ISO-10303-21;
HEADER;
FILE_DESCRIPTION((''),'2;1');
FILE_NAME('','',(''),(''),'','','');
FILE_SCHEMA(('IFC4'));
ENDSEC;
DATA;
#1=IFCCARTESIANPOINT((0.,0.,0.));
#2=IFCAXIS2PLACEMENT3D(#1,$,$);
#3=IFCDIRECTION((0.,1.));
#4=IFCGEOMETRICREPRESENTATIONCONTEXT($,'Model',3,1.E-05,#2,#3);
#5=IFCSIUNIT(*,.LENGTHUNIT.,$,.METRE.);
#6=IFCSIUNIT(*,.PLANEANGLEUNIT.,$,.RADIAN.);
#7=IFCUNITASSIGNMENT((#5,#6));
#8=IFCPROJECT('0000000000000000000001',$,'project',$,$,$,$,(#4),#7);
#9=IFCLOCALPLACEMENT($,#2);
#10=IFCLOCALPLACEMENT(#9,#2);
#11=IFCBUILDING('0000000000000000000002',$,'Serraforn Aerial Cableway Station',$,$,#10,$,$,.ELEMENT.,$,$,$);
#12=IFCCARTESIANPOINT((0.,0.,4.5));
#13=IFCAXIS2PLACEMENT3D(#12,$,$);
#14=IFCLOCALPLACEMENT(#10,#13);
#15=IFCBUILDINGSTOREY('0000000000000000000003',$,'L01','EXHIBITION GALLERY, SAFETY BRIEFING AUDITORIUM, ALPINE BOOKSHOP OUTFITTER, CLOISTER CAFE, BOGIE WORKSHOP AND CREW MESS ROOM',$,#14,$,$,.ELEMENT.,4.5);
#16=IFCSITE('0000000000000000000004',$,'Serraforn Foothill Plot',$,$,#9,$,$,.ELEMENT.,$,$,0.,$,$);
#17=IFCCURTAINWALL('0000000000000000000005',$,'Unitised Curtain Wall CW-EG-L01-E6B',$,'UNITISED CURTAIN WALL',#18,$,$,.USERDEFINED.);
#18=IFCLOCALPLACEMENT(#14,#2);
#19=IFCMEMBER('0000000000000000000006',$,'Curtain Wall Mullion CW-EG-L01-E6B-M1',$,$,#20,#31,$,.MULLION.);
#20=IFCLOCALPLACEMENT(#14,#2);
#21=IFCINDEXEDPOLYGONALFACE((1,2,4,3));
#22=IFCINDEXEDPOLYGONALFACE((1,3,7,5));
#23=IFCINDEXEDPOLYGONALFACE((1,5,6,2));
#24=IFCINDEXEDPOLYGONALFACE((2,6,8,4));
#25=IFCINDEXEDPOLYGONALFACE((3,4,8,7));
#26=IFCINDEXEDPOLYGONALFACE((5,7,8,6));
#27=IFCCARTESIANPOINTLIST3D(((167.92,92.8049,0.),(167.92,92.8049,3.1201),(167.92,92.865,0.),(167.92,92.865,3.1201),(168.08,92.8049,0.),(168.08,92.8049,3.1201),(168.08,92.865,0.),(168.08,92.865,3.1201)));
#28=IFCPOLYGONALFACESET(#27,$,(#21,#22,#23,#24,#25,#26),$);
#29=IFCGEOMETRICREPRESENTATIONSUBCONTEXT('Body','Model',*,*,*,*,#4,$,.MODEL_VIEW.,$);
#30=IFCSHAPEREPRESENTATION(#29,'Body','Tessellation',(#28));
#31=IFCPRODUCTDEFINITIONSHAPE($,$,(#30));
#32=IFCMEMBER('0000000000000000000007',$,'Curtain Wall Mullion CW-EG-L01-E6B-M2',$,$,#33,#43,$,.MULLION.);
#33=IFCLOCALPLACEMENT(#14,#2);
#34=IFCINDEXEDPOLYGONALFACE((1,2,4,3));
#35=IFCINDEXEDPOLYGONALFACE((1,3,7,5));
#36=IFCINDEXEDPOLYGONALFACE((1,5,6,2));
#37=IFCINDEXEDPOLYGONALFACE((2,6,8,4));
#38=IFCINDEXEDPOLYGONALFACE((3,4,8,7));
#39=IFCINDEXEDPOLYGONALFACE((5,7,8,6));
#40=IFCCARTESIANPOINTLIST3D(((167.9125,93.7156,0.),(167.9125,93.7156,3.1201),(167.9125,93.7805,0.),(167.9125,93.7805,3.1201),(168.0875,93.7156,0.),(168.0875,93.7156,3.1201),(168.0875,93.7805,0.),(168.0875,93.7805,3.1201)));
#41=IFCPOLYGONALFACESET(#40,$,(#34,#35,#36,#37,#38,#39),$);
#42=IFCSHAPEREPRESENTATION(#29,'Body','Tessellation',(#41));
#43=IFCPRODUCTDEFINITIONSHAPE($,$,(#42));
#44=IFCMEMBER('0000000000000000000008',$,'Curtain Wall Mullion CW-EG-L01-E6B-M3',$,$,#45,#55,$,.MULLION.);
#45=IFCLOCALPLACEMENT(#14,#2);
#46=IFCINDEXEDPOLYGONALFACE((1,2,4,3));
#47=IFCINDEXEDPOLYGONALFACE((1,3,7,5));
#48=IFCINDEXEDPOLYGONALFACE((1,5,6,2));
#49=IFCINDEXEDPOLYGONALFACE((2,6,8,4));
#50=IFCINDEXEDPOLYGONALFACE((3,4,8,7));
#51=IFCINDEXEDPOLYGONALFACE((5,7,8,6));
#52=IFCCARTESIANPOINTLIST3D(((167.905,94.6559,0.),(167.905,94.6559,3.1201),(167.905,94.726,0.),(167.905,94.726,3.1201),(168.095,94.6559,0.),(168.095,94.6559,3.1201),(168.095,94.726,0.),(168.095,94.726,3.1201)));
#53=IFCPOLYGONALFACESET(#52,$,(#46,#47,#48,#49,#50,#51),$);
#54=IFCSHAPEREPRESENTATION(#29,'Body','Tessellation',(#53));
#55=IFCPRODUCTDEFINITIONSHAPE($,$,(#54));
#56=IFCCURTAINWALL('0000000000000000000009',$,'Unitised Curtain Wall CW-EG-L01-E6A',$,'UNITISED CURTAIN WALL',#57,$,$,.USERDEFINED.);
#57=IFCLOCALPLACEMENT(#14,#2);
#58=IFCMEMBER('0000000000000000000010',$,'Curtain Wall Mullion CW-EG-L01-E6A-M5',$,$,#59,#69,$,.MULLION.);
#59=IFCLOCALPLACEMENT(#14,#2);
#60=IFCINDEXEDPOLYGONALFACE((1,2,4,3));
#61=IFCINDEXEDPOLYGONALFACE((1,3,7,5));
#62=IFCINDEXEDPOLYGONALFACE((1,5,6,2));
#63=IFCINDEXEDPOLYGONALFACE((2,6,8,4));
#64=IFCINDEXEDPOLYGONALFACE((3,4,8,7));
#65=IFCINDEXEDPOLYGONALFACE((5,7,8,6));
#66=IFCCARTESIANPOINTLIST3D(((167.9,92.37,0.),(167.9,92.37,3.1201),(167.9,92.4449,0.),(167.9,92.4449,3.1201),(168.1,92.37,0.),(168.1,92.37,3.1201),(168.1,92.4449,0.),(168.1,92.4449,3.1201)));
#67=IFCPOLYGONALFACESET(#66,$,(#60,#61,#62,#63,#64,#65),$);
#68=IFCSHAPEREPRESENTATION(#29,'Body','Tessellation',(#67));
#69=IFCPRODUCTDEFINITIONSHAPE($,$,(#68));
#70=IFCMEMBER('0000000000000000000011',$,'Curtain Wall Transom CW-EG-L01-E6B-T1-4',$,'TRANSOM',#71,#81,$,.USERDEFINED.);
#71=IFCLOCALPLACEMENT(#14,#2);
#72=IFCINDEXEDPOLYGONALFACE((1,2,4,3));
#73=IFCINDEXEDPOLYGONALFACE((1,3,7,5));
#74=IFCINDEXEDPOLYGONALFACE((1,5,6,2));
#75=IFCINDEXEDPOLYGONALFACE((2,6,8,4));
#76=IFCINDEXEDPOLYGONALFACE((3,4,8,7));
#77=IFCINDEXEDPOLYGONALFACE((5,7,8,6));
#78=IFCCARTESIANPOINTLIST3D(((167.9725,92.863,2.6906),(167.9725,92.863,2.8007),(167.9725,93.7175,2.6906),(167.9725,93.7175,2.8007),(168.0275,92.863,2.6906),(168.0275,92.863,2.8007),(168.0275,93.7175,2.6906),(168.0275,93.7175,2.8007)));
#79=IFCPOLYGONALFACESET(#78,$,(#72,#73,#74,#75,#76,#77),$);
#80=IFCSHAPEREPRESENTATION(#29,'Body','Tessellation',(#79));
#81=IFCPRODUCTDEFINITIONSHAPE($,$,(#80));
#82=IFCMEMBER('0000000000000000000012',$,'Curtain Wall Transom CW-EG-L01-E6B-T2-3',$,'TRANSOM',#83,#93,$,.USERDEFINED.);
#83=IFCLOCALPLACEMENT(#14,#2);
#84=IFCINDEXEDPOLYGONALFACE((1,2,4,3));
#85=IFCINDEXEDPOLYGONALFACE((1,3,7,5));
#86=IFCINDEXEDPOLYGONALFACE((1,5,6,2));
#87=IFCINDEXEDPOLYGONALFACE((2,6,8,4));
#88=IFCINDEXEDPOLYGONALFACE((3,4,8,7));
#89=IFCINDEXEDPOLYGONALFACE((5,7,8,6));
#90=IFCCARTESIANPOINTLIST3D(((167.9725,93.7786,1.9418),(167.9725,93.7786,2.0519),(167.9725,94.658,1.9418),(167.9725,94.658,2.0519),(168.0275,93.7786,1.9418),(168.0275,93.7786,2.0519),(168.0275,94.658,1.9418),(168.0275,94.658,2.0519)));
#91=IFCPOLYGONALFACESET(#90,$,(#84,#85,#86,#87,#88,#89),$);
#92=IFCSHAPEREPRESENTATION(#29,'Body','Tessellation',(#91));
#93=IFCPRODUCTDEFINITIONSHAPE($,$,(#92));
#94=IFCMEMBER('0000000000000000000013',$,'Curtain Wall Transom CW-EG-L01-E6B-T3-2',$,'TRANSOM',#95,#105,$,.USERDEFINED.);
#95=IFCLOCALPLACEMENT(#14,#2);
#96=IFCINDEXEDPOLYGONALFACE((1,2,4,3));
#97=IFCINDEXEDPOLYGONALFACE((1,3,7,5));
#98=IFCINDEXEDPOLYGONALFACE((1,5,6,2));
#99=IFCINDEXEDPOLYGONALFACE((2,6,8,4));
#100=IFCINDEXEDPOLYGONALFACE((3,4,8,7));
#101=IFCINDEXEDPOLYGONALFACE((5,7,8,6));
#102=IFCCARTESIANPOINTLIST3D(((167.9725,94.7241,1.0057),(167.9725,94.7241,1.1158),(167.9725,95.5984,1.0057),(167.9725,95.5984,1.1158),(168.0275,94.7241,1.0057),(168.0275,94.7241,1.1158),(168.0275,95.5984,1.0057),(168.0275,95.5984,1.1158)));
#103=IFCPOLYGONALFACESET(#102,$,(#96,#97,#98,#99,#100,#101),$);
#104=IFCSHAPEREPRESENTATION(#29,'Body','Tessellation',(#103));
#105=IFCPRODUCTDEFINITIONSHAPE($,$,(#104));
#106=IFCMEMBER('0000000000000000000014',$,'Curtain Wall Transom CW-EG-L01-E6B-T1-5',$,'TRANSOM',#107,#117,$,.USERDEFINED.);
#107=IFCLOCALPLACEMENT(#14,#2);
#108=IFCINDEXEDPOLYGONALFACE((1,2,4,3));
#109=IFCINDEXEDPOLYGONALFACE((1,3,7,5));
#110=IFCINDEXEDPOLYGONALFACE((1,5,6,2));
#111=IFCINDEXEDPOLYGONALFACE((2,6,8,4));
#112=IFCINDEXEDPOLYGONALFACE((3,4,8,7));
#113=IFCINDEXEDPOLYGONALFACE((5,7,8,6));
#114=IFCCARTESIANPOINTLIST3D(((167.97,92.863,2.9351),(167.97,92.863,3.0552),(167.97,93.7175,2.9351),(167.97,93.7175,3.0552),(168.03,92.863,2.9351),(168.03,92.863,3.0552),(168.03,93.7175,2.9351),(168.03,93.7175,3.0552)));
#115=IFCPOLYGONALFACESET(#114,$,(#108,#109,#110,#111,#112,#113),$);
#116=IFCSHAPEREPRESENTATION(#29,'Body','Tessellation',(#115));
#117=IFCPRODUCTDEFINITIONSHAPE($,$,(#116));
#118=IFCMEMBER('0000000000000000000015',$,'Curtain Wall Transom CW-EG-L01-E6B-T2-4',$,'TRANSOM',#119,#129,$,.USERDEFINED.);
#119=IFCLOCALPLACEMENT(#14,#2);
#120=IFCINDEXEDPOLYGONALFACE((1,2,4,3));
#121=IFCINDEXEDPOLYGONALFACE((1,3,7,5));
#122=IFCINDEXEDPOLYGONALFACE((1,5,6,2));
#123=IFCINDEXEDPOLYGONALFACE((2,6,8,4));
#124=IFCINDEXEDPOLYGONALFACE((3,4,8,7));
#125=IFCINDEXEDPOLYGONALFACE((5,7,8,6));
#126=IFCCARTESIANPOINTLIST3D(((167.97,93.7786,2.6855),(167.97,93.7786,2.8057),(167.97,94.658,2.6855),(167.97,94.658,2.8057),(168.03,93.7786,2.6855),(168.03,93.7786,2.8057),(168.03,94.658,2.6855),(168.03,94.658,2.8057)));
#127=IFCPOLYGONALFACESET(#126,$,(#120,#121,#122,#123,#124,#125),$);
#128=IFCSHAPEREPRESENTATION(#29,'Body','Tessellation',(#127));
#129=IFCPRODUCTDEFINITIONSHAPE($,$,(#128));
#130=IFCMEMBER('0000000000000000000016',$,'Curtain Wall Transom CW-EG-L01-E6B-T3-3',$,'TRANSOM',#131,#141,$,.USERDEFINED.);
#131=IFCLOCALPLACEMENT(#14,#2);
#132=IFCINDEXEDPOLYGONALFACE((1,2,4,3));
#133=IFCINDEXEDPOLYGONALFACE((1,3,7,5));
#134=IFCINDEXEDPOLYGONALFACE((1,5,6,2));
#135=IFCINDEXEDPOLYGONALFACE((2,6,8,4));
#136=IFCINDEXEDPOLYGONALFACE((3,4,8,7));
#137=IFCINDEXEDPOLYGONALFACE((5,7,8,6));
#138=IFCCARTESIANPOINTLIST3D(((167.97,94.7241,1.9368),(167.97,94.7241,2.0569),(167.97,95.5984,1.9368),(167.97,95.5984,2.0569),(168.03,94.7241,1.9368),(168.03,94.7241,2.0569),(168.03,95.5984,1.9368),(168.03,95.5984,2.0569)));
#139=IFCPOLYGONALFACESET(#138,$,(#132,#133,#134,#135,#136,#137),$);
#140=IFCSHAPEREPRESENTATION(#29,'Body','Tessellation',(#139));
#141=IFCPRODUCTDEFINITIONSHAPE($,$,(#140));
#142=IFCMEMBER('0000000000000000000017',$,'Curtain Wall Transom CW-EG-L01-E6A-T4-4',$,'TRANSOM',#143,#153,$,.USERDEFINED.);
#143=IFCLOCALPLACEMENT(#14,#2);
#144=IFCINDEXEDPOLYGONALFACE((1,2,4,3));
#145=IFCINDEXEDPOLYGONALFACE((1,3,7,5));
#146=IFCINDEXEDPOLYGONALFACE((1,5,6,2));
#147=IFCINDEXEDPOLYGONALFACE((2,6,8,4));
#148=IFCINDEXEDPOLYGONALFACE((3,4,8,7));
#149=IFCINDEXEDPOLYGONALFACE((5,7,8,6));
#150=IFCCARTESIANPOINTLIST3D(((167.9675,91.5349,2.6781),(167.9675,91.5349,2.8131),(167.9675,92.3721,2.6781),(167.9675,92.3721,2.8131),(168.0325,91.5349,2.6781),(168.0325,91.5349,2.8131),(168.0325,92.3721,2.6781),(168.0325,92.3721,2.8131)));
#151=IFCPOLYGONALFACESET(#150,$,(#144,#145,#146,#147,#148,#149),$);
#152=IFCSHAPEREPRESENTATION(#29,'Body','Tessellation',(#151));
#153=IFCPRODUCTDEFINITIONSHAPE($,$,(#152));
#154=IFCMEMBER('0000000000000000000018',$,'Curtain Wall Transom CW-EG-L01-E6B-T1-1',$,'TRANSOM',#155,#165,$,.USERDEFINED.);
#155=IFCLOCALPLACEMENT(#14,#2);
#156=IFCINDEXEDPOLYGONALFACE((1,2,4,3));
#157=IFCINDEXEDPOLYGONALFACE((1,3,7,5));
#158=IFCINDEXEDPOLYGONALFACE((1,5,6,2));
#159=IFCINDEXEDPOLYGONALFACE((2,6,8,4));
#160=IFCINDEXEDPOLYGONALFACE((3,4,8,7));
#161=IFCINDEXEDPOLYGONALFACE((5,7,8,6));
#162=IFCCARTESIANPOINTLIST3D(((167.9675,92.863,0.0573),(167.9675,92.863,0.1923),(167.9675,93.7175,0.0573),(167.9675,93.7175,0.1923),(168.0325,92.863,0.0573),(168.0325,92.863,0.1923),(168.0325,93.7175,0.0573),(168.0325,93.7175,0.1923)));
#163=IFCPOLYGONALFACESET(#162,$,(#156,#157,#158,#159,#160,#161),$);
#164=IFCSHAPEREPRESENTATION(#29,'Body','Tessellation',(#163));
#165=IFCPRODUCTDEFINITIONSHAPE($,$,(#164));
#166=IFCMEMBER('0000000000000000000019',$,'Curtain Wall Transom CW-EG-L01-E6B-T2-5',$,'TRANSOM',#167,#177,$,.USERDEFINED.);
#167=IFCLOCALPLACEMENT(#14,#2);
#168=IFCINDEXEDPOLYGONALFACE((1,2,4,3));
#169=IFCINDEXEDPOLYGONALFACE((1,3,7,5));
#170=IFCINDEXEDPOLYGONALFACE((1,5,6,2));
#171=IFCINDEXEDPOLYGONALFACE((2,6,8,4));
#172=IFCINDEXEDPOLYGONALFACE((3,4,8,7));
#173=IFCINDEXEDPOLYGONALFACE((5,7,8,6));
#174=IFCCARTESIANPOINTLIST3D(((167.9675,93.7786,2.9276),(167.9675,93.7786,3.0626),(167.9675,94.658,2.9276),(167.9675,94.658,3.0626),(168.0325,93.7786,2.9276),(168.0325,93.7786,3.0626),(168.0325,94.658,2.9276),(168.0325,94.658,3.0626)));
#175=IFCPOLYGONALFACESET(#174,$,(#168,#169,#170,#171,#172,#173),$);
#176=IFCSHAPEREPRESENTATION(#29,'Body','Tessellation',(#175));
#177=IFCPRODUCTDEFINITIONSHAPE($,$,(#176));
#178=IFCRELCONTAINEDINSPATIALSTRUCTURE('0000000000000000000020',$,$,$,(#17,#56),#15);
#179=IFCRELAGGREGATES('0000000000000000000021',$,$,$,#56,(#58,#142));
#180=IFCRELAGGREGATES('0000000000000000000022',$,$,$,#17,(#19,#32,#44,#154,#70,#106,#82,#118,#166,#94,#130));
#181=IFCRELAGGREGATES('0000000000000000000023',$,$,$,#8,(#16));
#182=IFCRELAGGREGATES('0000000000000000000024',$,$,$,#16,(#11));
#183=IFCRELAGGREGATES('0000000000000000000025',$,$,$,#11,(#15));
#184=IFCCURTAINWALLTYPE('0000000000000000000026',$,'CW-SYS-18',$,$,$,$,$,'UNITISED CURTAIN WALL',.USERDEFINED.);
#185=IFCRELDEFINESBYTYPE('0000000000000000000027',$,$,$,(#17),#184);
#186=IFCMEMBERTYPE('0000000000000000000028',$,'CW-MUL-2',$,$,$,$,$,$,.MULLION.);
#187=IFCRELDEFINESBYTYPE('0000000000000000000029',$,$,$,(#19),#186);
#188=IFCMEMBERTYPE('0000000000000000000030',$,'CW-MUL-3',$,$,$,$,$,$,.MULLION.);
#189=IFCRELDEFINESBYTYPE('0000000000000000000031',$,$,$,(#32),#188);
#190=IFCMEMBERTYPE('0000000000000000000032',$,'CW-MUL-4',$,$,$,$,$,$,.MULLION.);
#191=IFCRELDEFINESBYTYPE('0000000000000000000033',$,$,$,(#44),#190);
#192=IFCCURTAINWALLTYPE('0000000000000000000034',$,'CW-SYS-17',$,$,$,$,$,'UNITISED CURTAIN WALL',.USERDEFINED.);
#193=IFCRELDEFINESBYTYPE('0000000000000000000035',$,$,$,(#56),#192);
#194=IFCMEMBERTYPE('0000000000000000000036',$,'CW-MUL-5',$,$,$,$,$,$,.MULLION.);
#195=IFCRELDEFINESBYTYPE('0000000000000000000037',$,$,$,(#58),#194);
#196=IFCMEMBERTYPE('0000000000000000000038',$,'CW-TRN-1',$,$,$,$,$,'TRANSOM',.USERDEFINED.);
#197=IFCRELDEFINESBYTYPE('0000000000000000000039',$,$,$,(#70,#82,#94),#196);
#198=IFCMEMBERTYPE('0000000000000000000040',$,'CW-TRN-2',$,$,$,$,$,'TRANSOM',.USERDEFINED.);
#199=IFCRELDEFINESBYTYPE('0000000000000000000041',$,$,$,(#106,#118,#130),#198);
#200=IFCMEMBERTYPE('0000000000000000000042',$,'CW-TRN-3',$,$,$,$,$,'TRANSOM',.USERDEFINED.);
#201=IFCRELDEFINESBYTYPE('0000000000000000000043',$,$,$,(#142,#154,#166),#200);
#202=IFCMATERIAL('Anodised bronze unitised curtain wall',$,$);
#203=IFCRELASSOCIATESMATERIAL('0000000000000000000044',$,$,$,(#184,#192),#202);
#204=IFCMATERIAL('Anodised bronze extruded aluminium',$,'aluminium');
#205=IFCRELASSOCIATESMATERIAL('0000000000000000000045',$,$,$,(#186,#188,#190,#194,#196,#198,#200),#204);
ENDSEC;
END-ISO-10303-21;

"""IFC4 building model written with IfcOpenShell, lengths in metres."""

from ifc_helpers import new_model, si_unit, direction, frame, origin, origin_2d, place, context, subcontext, project, spatial, rectangle, extrude, material, material_profile, profile_set, type_object, element, aggregate, save


model = new_model("IFC4")

# Units and contexts
model_context = context("Model", 3, precision=1e-05, world=origin(), true_north=direction((0.0, 1.0)))
body_context = subcontext(model_context, "Body", "Model", "MODEL_VIEW")
ifc_project = project(units=[si_unit("LENGTHUNIT", "METRE"), si_unit("PLANEANGLEUNIT", "RADIAN")], contexts=[model_context])

# Site, building, storey
site_placement = place(None, origin())
site = spatial("IfcSite", under=ifc_project, at=site_placement, Name="Serraforn Foothill Plot", CompositionType="ELEMENT", RefElevation=0.0)
building_placement = place(site_placement, origin())
building = spatial("IfcBuilding", under=site, at=building_placement, Name="Serraforn Aerial Cableway Station", CompositionType="ELEMENT")
storey_placement = place(building_placement, frame((0.0, 0.0, 4.5)))
storey = spatial("IfcBuildingStorey", under=building, at=storey_placement, Name="L01", Description="EXHIBITION GALLERY, SAFETY BRIEFING AUDITORIUM, ALPINE BOOKSHOP OUTFITTER, CLOISTER CAFE, BOGIE WORKSHOP AND CREW MESS ROOM", CompositionType="ELEMENT", Elevation=4.5)

# Curtain wall, members
ifc_material_1 = material(Name="Anodised bronze unitised curtain wall")
curtain_wall_type_1 = type_object("IfcCurtainWallType", Name="CW-SYS-18", ElementType="UNITISED CURTAIN WALL", PredefinedType="USERDEFINED", material=ifc_material_1)
curtain_wall_1_placement = place(storey_placement, origin())
curtain_wall_1 = element("IfcCurtainWall", 1, at=curtain_wall_1_placement, inside=storey, type_object=curtain_wall_type_1, Name="Unitised Curtain Wall CW-EG-L01-E6B", ObjectType="UNITISED CURTAIN WALL", PredefinedType="USERDEFINED")
ifc_material_2 = material(Name="Anodised bronze extruded aluminium", Category="aluminium")
ifc_material_profile_1 = material_profile(ifc_material_2, rectangle(XDim=0.0601, YDim=0.1599, at=origin_2d()), Name="CW MULLION 60x160")
ifc_profile_set_1 = profile_set([ifc_material_profile_1], Name="Anodised bronze extruded aluminium")
member_type_1 = type_object("IfcMemberType", Name="CW-MUL-2", PredefinedType="MULLION", material=ifc_profile_set_1)
member_1_placement = place(storey_placement, frame((168.0, 92.835, 0.0), z_axis=(0.0, 0.0, 1.0), x_axis=(0.0, 1.0, 0.0)))
member_1 = element("IfcMember", 2, at=member_1_placement, type_object=member_type_1, Name="Curtain Wall Mullion CW-EG-L01-E6B-M1", PredefinedType="MULLION", context=body_context, shape_type="SweptSolid", body=[
    extrude(rectangle(XDim=0.0601, YDim=0.1599, at=origin_2d()), origin(), (0.0, 0.0, 1.0), 3.1201),
])
ifc_material_profile_2 = material_profile(ifc_material_2, rectangle(XDim=0.0649, YDim=0.175, at=origin_2d()), Name="CW MULLION 65x175")
ifc_profile_set_2 = profile_set([ifc_material_profile_2], Name="Anodised bronze extruded aluminium")
member_type_2 = type_object("IfcMemberType", Name="CW-MUL-3", PredefinedType="MULLION", material=ifc_profile_set_2)
member_2_placement = place(storey_placement, frame((168.0, 93.748, 0.0), z_axis=(0.0, 0.0, 1.0), x_axis=(0.0, 1.0, 0.0)))
member_2 = element("IfcMember", 3, at=member_2_placement, type_object=member_type_2, Name="Curtain Wall Mullion CW-EG-L01-E6B-M2", PredefinedType="MULLION", context=body_context, shape_type="SweptSolid", body=[
    extrude(rectangle(XDim=0.0649, YDim=0.175, at=origin_2d()), origin(), (0.0, 0.0, 1.0), 3.1201),
])
ifc_material_profile_3 = material_profile(ifc_material_2, rectangle(XDim=0.0701, YDim=0.1899, at=origin_2d()), Name="CW MULLION 70x190")
ifc_profile_set_3 = profile_set([ifc_material_profile_3], Name="Anodised bronze extruded aluminium")
member_type_3 = type_object("IfcMemberType", Name="CW-MUL-4", PredefinedType="MULLION", material=ifc_profile_set_3)
member_3_placement = place(storey_placement, frame((168.0, 94.6909, 0.0), z_axis=(0.0, 0.0, 1.0), x_axis=(0.0, 1.0, 0.0)))
member_3 = element("IfcMember", 4, at=member_3_placement, type_object=member_type_3, Name="Curtain Wall Mullion CW-EG-L01-E6B-M3", PredefinedType="MULLION", context=body_context, shape_type="SweptSolid", body=[
    extrude(rectangle(XDim=0.0701, YDim=0.1899, at=origin_2d()), origin(), (0.0, 0.0, 1.0), 3.1201),
])

# Curtain wall, member
curtain_wall_type_2 = type_object("IfcCurtainWallType", Name="CW-SYS-17", ElementType="UNITISED CURTAIN WALL", PredefinedType="USERDEFINED", material=ifc_material_1)
curtain_wall_2_placement = place(storey_placement, origin())
curtain_wall_2 = element("IfcCurtainWall", 5, at=curtain_wall_2_placement, inside=storey, type_object=curtain_wall_type_2, Name="Unitised Curtain Wall CW-EG-L01-E6A", ObjectType="UNITISED CURTAIN WALL", PredefinedType="USERDEFINED")
ifc_material_profile_4 = material_profile(ifc_material_2, rectangle(XDim=0.075, YDim=0.2, at=origin_2d()), Name="CW MULLION 75x200")
ifc_profile_set_4 = profile_set([ifc_material_profile_4], Name="Anodised bronze extruded aluminium")
member_type_4 = type_object("IfcMemberType", Name="CW-MUL-5", PredefinedType="MULLION", material=ifc_profile_set_4)
member_4_placement = place(storey_placement, frame((168.0, 92.4075, 0.0), z_axis=(0.0, 0.0, 1.0), x_axis=(0.0, 1.0, 0.0)))
member_4 = element("IfcMember", 6, at=member_4_placement, type_object=member_type_4, Name="Curtain Wall Mullion CW-EG-L01-E6A-M5", PredefinedType="MULLION", context=body_context, shape_type="SweptSolid", body=[
    extrude(rectangle(XDim=0.075, YDim=0.2, at=origin_2d()), origin(), (0.0, 0.0, 1.0), 3.1201),
])

# Members
ifc_material_profile_5 = material_profile(ifc_material_2, rectangle(XDim=0.0549, YDim=0.1101, at=origin_2d()), Name="CW TRANSOM 55x110")
ifc_profile_set_5 = profile_set([ifc_material_profile_5], Name="Anodised bronze extruded aluminium")
member_type_5 = type_object("IfcMemberType", Name="CW-TRN-1", ElementType="TRANSOM", PredefinedType="USERDEFINED", material=ifc_profile_set_5)
member_5_placement = place(storey_placement, frame((168.0, 92.863, 2.7456), z_axis=(0.0, 1.0, 0.0), x_axis=(-1.0, 0.0, 0.0)))
member_5 = element("IfcMember", 7, at=member_5_placement, type_object=member_type_5, Name="Curtain Wall Transom CW-EG-L01-E6B-T1-4", ObjectType="TRANSOM", PredefinedType="USERDEFINED", context=body_context, shape_type="SweptSolid", body=[
    extrude(rectangle(XDim=0.0549, YDim=0.1101, at=origin_2d()), origin(), (0.0, 0.0, 1.0), 0.8545),
])
member_6_placement = place(storey_placement, frame((168.0, 93.7786, 1.9968), z_axis=(0.0, 1.0, 0.0), x_axis=(-1.0, 0.0, 0.0)))
member_6 = element("IfcMember", 8, at=member_6_placement, type_object=member_type_5, Name="Curtain Wall Transom CW-EG-L01-E6B-T2-3", ObjectType="TRANSOM", PredefinedType="USERDEFINED", context=body_context, shape_type="SweptSolid", body=[
    extrude(rectangle(XDim=0.0549, YDim=0.1101, at=origin_2d()), origin(), (0.0, 0.0, 1.0), 0.8794),
])
member_7_placement = place(storey_placement, frame((168.0, 94.7241, 1.0608), z_axis=(0.0, 1.0, 0.0), x_axis=(-1.0, 0.0, 0.0)))
member_7 = element("IfcMember", 9, at=member_7_placement, type_object=member_type_5, Name="Curtain Wall Transom CW-EG-L01-E6B-T3-2", ObjectType="TRANSOM", PredefinedType="USERDEFINED", context=body_context, shape_type="SweptSolid", body=[
    extrude(rectangle(XDim=0.0549, YDim=0.1101, at=origin_2d()), origin(), (0.0, 0.0, 1.0), 0.8743),
])
ifc_material_profile_6 = material_profile(ifc_material_2, rectangle(XDim=0.0601, YDim=0.1201, at=origin_2d()), Name="CW TRANSOM 60x120")
ifc_profile_set_6 = profile_set([ifc_material_profile_6], Name="Anodised bronze extruded aluminium")
member_type_6 = type_object("IfcMemberType", Name="CW-TRN-2", ElementType="TRANSOM", PredefinedType="USERDEFINED", material=ifc_profile_set_6)
member_8_placement = place(storey_placement, frame((168.0, 92.863, 2.9951), z_axis=(0.0, 1.0, 0.0), x_axis=(-1.0, 0.0, 0.0)))
member_8 = element("IfcMember", 10, at=member_8_placement, type_object=member_type_6, Name="Curtain Wall Transom CW-EG-L01-E6B-T1-5", ObjectType="TRANSOM", PredefinedType="USERDEFINED", context=body_context, shape_type="SweptSolid", body=[
    extrude(rectangle(XDim=0.0601, YDim=0.1201, at=origin_2d()), origin(), (0.0, 0.0, 1.0), 0.8545),
])
member_9_placement = place(storey_placement, frame((168.0, 93.7786, 2.7456), z_axis=(0.0, 1.0, 0.0), x_axis=(-1.0, 0.0, 0.0)))
member_9 = element("IfcMember", 11, at=member_9_placement, type_object=member_type_6, Name="Curtain Wall Transom CW-EG-L01-E6B-T2-4", ObjectType="TRANSOM", PredefinedType="USERDEFINED", context=body_context, shape_type="SweptSolid", body=[
    extrude(rectangle(XDim=0.0601, YDim=0.1201, at=origin_2d()), origin(), (0.0, 0.0, 1.0), 0.8794),
])
member_10_placement = place(storey_placement, frame((168.0, 94.7241, 1.9968), z_axis=(0.0, 1.0, 0.0), x_axis=(-1.0, 0.0, 0.0)))
member_10 = element("IfcMember", 12, at=member_10_placement, type_object=member_type_6, Name="Curtain Wall Transom CW-EG-L01-E6B-T3-3", ObjectType="TRANSOM", PredefinedType="USERDEFINED", context=body_context, shape_type="SweptSolid", body=[
    extrude(rectangle(XDim=0.0601, YDim=0.1201, at=origin_2d()), origin(), (0.0, 0.0, 1.0), 0.8743),
])
ifc_material_profile_7 = material_profile(ifc_material_2, rectangle(XDim=0.0649, YDim=0.135, at=origin_2d()), Name="CW TRANSOM 65x135")
ifc_profile_set_7 = profile_set([ifc_material_profile_7], Name="Anodised bronze extruded aluminium")
member_type_7 = type_object("IfcMemberType", Name="CW-TRN-3", ElementType="TRANSOM", PredefinedType="USERDEFINED", material=ifc_profile_set_7)
member_11_placement = place(storey_placement, frame((168.0, 91.5349, 2.7456), z_axis=(0.0, 1.0, 0.0), x_axis=(-1.0, 0.0, 0.0)))
member_11 = element("IfcMember", 13, at=member_11_placement, type_object=member_type_7, Name="Curtain Wall Transom CW-EG-L01-E6A-T4-4", ObjectType="TRANSOM", PredefinedType="USERDEFINED", context=body_context, shape_type="SweptSolid", body=[
    extrude(rectangle(XDim=0.0649, YDim=0.135, at=origin_2d()), origin(), (0.0, 0.0, 1.0), 0.8372),
])
member_12_placement = place(storey_placement, frame((168.0, 92.863, 0.1248), z_axis=(0.0, 1.0, 0.0), x_axis=(-1.0, 0.0, 0.0)))
member_12 = element("IfcMember", 14, at=member_12_placement, type_object=member_type_7, Name="Curtain Wall Transom CW-EG-L01-E6B-T1-1", ObjectType="TRANSOM", PredefinedType="USERDEFINED", context=body_context, shape_type="SweptSolid", body=[
    extrude(rectangle(XDim=0.0649, YDim=0.135, at=origin_2d()), origin(), (0.0, 0.0, 1.0), 0.8545),
])
member_13_placement = place(storey_placement, frame((168.0, 93.7786, 2.9951), z_axis=(0.0, 1.0, 0.0), x_axis=(-1.0, 0.0, 0.0)))
member_13 = element("IfcMember", 15, at=member_13_placement, type_object=member_type_7, Name="Curtain Wall Transom CW-EG-L01-E6B-T2-5", ObjectType="TRANSOM", PredefinedType="USERDEFINED", context=body_context, shape_type="SweptSolid", body=[
    extrude(rectangle(XDim=0.0649, YDim=0.135, at=origin_2d()), origin(), (0.0, 0.0, 1.0), 0.8794),
])

aggregate(curtain_wall_2, [member_4, member_11])
aggregate(curtain_wall_1, [member_1, member_2, member_3, member_12, member_5, member_8, member_6, member_9, member_13, member_7, member_10])

save(model, "model.ifc")
